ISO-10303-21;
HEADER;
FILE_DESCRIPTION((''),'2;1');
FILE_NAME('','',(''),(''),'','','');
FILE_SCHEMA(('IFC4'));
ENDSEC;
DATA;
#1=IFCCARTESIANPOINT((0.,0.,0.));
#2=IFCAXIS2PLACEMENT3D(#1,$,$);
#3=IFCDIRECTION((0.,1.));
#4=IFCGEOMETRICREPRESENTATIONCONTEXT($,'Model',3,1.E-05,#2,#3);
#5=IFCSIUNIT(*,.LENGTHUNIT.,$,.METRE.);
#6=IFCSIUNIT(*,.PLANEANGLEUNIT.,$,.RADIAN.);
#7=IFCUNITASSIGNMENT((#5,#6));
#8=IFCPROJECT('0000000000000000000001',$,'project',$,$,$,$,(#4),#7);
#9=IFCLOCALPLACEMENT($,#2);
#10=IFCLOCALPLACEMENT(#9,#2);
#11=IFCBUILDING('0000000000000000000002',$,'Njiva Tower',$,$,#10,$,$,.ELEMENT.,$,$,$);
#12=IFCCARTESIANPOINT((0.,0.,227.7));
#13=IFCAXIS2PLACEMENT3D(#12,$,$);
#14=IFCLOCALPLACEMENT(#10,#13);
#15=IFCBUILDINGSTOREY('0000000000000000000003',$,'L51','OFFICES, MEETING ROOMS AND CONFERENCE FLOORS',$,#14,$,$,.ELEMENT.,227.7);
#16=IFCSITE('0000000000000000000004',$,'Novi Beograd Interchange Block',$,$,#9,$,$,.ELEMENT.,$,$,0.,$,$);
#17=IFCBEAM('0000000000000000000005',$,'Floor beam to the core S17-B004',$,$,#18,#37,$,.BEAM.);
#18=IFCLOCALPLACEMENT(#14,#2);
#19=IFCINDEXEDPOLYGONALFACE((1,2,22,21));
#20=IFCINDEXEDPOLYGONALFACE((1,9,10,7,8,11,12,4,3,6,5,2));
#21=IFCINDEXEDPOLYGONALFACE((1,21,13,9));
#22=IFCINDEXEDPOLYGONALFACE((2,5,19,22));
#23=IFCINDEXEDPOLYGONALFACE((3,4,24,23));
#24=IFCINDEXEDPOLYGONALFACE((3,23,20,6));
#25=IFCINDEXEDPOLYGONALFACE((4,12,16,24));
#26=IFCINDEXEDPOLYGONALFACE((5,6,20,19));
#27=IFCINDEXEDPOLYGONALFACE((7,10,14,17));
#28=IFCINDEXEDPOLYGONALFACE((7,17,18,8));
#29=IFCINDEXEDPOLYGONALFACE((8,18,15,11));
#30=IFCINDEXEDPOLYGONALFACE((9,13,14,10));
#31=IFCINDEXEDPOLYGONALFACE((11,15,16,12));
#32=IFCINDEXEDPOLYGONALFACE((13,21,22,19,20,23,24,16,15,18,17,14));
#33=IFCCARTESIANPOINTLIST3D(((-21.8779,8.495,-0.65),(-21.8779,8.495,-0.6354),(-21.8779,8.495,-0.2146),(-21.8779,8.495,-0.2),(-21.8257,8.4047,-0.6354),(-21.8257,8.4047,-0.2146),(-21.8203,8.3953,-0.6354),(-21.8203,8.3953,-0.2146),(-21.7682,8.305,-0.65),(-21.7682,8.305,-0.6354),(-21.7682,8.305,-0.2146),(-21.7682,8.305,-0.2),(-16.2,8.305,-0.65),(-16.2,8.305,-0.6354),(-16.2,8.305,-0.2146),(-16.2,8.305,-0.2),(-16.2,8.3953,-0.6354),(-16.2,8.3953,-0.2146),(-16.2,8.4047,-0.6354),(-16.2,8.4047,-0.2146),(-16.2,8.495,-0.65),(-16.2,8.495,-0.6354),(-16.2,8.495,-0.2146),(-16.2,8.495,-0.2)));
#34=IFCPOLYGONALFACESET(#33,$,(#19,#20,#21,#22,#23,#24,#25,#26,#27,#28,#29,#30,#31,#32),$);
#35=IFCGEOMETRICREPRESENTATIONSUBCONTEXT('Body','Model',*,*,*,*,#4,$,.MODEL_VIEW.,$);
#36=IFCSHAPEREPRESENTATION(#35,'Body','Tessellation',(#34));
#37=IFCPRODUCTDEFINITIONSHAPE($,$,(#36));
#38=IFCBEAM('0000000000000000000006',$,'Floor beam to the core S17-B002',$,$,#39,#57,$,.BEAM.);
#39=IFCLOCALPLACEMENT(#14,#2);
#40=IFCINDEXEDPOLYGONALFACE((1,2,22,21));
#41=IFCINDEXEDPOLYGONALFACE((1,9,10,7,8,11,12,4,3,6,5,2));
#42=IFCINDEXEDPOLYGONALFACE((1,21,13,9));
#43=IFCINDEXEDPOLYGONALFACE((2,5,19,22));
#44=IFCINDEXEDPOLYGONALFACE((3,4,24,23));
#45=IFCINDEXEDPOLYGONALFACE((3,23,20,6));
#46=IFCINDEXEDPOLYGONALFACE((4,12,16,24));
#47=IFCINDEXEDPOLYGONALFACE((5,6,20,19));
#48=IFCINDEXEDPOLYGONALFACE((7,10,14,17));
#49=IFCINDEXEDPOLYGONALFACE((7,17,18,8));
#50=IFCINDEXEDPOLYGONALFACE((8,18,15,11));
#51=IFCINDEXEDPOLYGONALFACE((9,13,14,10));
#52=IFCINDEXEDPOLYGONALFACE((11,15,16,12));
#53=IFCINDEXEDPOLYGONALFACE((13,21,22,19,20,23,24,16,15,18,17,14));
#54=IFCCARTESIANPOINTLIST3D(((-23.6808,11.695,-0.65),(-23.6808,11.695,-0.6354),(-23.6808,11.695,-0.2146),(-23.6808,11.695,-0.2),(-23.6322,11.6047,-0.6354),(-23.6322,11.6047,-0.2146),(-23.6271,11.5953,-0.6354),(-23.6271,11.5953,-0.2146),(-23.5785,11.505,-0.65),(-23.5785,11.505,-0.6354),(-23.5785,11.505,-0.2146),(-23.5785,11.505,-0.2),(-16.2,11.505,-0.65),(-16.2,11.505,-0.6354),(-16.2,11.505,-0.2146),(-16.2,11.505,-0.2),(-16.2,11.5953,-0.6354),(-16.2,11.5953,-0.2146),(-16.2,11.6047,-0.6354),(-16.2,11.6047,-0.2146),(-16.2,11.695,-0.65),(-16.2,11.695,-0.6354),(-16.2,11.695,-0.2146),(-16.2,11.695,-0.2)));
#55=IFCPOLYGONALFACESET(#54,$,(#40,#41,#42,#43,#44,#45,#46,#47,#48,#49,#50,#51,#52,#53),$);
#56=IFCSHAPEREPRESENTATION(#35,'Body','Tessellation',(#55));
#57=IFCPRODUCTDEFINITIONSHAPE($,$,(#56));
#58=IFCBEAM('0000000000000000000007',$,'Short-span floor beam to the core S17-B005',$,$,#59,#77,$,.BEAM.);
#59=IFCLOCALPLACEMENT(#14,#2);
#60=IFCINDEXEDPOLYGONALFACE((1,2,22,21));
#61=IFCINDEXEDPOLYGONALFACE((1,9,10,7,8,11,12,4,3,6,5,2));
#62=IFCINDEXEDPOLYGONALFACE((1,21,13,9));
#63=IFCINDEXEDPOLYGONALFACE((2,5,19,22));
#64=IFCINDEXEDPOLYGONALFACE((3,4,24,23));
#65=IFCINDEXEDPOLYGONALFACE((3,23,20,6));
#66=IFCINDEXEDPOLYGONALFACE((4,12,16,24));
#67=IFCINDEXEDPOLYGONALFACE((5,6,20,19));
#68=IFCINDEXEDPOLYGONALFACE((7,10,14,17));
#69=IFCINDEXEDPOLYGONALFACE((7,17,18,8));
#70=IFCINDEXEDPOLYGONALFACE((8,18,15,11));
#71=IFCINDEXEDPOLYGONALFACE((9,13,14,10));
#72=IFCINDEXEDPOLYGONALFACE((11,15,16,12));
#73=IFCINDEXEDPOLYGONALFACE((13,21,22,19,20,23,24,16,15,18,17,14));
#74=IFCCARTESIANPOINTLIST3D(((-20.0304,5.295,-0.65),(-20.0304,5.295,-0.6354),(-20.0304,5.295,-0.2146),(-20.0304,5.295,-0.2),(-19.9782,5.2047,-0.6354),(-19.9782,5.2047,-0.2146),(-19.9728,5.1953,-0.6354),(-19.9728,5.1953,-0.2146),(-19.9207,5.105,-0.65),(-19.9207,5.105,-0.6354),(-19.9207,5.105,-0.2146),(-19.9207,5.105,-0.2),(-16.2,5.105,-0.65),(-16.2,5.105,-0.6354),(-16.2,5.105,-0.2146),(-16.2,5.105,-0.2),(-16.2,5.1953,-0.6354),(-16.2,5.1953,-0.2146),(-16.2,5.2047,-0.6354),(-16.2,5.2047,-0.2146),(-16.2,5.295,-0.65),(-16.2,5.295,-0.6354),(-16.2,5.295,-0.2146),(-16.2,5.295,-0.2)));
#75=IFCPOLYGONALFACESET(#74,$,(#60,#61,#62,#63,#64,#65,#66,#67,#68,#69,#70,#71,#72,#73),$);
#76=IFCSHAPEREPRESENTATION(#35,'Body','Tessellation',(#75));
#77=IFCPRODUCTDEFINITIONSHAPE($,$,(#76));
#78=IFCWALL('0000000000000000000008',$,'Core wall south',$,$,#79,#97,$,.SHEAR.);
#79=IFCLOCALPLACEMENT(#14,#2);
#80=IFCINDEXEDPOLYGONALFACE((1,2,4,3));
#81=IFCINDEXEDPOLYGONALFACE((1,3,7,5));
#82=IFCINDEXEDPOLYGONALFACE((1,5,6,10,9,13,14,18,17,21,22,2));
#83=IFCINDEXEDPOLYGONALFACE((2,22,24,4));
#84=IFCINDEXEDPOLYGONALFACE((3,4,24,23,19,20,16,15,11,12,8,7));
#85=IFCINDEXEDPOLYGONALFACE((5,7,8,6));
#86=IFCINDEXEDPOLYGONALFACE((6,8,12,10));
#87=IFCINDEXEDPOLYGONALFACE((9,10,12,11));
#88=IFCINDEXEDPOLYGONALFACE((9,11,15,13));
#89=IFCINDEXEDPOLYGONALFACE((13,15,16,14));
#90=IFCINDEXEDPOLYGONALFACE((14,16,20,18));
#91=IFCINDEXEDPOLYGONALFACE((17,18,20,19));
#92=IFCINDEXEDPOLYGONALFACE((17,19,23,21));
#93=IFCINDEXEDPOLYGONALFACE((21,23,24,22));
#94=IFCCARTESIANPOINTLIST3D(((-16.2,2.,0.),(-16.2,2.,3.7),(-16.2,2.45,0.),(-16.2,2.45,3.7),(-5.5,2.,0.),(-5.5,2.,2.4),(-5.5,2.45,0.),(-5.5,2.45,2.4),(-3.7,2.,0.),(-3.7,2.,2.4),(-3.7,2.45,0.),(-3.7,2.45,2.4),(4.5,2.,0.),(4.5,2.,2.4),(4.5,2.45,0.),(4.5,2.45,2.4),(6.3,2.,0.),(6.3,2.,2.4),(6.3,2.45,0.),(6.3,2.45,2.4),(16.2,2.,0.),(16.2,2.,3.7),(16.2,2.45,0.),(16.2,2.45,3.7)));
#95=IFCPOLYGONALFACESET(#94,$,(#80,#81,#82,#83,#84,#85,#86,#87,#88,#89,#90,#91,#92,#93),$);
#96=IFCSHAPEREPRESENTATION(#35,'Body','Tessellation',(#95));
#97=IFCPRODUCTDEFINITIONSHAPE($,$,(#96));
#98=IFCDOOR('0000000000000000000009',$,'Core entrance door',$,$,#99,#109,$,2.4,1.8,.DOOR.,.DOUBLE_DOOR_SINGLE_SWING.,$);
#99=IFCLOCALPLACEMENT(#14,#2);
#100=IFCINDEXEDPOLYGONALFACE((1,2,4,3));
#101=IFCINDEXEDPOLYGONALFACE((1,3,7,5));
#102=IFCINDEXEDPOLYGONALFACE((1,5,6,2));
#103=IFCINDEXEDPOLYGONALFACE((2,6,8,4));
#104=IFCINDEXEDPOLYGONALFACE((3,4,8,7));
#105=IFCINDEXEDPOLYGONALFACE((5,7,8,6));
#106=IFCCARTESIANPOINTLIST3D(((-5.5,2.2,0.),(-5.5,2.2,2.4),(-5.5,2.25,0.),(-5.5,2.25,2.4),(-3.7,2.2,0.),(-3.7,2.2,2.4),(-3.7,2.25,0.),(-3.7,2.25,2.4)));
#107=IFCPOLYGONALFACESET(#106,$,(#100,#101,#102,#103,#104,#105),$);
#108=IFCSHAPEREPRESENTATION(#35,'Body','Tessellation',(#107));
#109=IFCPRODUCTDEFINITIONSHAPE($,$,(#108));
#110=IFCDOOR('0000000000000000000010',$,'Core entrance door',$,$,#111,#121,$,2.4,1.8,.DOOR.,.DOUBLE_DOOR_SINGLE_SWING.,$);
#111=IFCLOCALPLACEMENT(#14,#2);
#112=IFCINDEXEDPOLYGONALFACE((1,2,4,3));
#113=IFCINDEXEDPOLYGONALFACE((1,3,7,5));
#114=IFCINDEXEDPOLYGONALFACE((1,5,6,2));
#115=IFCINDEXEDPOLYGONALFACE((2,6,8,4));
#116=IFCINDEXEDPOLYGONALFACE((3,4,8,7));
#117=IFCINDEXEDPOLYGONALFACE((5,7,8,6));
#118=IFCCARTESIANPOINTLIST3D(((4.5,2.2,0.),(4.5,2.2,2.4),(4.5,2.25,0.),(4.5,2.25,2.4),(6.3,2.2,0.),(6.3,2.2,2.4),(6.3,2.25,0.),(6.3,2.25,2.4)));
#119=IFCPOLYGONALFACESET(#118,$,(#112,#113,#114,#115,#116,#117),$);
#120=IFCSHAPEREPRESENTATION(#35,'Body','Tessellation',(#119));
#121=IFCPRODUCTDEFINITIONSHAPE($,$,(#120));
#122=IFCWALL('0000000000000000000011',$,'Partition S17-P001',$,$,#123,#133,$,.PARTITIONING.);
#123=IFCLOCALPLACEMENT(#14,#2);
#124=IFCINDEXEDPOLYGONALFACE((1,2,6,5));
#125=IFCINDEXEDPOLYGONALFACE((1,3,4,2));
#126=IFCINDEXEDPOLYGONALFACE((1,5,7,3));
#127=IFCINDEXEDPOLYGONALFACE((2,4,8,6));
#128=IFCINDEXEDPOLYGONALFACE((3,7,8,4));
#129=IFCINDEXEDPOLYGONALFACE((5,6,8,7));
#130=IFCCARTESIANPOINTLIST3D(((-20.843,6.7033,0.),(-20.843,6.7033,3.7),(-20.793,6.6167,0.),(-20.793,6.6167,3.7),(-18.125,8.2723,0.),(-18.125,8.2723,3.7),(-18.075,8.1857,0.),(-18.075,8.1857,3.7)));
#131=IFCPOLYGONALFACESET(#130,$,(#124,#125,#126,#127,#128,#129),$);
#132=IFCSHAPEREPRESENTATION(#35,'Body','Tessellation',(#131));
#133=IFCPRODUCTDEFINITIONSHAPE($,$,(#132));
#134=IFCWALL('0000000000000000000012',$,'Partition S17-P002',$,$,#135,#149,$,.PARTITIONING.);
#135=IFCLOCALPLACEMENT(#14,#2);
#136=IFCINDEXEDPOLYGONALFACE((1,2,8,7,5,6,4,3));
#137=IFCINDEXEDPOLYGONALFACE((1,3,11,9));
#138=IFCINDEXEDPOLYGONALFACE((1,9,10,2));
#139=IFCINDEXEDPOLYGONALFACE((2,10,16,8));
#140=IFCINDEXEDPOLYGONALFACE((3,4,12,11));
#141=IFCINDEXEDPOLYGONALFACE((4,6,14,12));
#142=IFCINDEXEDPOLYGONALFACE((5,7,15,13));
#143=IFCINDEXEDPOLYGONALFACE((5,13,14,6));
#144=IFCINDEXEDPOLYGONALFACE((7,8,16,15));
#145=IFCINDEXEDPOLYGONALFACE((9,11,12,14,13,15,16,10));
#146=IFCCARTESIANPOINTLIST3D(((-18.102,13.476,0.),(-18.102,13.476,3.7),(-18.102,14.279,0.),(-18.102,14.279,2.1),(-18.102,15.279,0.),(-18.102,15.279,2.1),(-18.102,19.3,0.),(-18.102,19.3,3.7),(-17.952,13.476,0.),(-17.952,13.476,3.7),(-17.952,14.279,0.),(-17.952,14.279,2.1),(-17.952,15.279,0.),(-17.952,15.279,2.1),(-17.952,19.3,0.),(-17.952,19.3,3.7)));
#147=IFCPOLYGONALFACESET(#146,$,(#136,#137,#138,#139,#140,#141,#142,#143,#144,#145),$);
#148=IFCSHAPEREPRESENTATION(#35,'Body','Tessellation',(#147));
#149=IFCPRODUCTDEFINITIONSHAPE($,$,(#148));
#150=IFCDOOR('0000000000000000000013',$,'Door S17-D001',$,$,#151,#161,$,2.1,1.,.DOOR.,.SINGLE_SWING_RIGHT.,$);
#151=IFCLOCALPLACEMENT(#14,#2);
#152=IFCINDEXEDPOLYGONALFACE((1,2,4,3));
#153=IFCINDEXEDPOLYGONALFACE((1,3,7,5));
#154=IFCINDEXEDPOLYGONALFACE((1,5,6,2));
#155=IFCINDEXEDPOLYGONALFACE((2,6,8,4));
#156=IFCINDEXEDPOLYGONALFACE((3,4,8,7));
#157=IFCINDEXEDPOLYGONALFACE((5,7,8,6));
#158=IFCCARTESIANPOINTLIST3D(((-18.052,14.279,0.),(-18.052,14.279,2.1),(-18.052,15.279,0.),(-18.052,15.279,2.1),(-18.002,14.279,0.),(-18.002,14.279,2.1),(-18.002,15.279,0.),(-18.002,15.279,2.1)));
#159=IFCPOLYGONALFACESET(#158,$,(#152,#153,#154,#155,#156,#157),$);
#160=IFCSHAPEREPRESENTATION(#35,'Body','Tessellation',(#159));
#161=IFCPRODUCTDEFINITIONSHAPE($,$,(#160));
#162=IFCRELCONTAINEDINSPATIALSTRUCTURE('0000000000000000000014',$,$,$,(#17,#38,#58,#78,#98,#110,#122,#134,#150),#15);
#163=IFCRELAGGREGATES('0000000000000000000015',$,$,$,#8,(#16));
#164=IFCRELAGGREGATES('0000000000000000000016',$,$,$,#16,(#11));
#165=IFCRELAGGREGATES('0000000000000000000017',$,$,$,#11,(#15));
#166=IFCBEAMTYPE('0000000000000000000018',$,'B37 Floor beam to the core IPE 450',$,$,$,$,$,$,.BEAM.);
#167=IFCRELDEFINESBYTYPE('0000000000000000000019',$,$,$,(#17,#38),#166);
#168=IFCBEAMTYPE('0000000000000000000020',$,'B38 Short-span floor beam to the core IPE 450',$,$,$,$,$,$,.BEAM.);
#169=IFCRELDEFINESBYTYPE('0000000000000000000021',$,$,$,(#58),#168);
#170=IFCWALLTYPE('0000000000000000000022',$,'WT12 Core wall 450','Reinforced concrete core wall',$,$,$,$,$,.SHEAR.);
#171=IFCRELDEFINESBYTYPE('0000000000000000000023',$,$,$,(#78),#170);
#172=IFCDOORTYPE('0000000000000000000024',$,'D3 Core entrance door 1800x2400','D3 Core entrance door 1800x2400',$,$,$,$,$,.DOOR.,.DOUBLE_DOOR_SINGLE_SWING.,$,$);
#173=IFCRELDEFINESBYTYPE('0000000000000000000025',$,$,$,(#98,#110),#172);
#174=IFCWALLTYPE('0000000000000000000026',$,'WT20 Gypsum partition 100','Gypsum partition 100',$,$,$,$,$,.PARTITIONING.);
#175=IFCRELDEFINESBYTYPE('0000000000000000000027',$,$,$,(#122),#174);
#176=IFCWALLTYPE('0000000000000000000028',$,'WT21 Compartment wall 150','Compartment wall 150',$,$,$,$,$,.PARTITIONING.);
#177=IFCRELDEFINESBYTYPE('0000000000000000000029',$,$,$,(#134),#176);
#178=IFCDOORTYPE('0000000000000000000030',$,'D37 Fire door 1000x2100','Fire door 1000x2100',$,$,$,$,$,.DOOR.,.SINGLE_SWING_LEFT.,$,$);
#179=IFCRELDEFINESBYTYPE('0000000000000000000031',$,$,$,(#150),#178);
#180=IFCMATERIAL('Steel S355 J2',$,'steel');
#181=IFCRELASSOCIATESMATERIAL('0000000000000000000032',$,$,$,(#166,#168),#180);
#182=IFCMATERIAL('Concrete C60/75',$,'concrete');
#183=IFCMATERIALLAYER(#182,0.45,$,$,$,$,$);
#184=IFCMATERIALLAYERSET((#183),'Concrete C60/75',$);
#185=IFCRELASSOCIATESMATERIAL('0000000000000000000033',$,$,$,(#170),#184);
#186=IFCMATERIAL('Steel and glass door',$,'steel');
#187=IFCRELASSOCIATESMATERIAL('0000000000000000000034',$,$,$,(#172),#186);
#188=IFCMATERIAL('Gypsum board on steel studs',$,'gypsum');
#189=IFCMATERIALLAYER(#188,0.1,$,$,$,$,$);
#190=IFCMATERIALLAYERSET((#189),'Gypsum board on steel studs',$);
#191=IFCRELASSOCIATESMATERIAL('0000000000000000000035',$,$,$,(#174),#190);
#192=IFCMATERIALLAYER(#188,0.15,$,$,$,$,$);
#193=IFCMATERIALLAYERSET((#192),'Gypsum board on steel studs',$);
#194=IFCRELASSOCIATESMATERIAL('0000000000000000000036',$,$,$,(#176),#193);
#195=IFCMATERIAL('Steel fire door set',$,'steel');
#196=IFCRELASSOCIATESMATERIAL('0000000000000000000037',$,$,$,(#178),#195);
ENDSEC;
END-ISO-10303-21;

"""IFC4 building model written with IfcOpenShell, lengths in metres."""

from ifc_helpers import new_model, si_unit, direction, frame, frame_2d, origin, origin_2d, place, context, subcontext, project, spatial, rectangle, i_section, extrude, clip, halfspace, material, layer, layer_set, material_profile, profile_set, type_object, element, fill, save


model = new_model("IFC4")

# Units and contexts
model_context = context("Model", 3, precision=1e-05, world=origin(), true_north=direction((0.0, 1.0)))
body_context = subcontext(model_context, "Body", "Model", "MODEL_VIEW")
ifc_project = project(units=[si_unit("LENGTHUNIT", "METRE"), si_unit("PLANEANGLEUNIT", "RADIAN")], contexts=[model_context])

# Site, building, storey
site_placement = place(None, origin())
site = spatial("IfcSite", under=ifc_project, at=site_placement, Name="Novi Beograd Interchange Block", CompositionType="ELEMENT", RefElevation=0.0)
building_placement = place(site_placement, origin())
building = spatial("IfcBuilding", under=site, at=building_placement, Name="Njiva Tower", CompositionType="ELEMENT")
storey_placement = place(building_placement, frame((0.0, 0.0, 227.7)))
storey = spatial("IfcBuildingStorey", under=building, at=storey_placement, Name="L51", Description="OFFICES, MEETING ROOMS AND CONFERENCE FLOORS", CompositionType="ELEMENT", Elevation=227.7)

# Shared definitions
ifc_material_1 = material(Name="Steel S355 J2", Category="steel")

# Beams
ifc_material_profile_1 = material_profile(ifc_material_1, i_section(OverallWidth=0.19, OverallDepth=0.45, WebThickness=0.0094, FlangeThickness=0.0146, at=origin_2d()), Name="IPE 450")
ifc_profile_set_1 = profile_set([ifc_material_profile_1], Name="Steel S355 J2")
beam_type_1 = type_object("IfcBeamType", Name="B37 Floor beam to the core IPE 450", PredefinedType="BEAM", material=ifc_profile_set_1)
beam_1_placement = place(storey_placement, frame((-21.898, 8.4, -0.425), z_axis=(1.0, 0.0, 0.0), x_axis=(0.0, 1.0, 0.0)))
element("IfcBeam", 1, at=beam_1_placement, inside=storey, type_object=beam_type_1, Name="Floor beam to the core S17-B004", PredefinedType="BEAM", context=body_context, shape_type="Clipping", body=[
    clip(extrude(i_section(OverallWidth=0.19, OverallDepth=0.45, WebThickness=0.0094, FlangeThickness=0.0146, at=origin_2d()), origin(), (0.0, 0.0, 1.0), 5.698), halfspace(frame((-0.025, 0.0, 0.0894), z_axis=(-0.499998, 0.0, -0.866027), x_axis=(0.0, -1.0, 0.0)), False)),
])
beam_2_placement = place(storey_placement, frame((-23.701, 11.6, -0.425), z_axis=(1.0, 0.0, 0.0), x_axis=(0.0, 1.0, 0.0)))
element("IfcBeam", 2, at=beam_2_placement, inside=storey, type_object=beam_type_1, Name="Floor beam to the core S17-B002", PredefinedType="BEAM", context=body_context, shape_type="Clipping", body=[
    clip(extrude(i_section(OverallWidth=0.19, OverallDepth=0.45, WebThickness=0.0094, FlangeThickness=0.0146, at=origin_2d()), origin(), (0.0, 0.0, 1.0), 7.501), halfspace(frame((-0.0237, 0.0, 0.0841), z_axis=(-0.473762, 0.0, -0.880653), x_axis=(0.0, -1.0, 0.0)), False)),
])
ifc_material_profile_2 = material_profile(ifc_material_1, i_section(OverallWidth=0.19, OverallDepth=0.45, WebThickness=0.0094, FlangeThickness=0.0146, at=origin_2d()), Name="IPE 450")
ifc_profile_set_2 = profile_set([ifc_material_profile_2], Name="Steel S355 J2")
beam_type_2 = type_object("IfcBeamType", Name="B38 Short-span floor beam to the core IPE 450", PredefinedType="BEAM", material=ifc_profile_set_2)
beam_3_placement = place(storey_placement, frame((-20.051, 5.2, -0.425), z_axis=(1.0, 0.0, 0.0), x_axis=(0.0, 1.0, 0.0)))
element("IfcBeam", 3, at=beam_3_placement, inside=storey, type_object=beam_type_2, Name="Short-span floor beam to the core S17-B005", PredefinedType="BEAM", context=body_context, shape_type="Clipping", body=[
    clip(extrude(i_section(OverallWidth=0.19, OverallDepth=0.45, WebThickness=0.0094, FlangeThickness=0.0146, at=origin_2d()), origin(), (0.0, 0.0, 1.0), 3.851), halfspace(frame((-0.025, 0.0, 0.0899), z_axis=(-0.499998, 0.0, -0.866027), x_axis=(0.0, -1.0, 0.0)), False)),
])

# Wall, openings, doors
ifc_material_2 = material(Name="Concrete C60/75", Category="concrete")
ifc_layer_1 = layer(ifc_material_2, 0.45)
ifc_layer_set_1 = layer_set([ifc_layer_1], Name="Concrete C60/75")
wall_type_1 = type_object("IfcWallType", Name="WT12 Core wall 450", Description="Reinforced concrete core wall", PredefinedType="SHEAR", material=ifc_layer_set_1)
wall_1_placement = place(storey_placement, frame((-16.2, 2.225, 0.0), z_axis=(0.0, 0.0, 1.0), x_axis=(1.0, 0.0, 0.0)))
wall_1 = element("IfcWall", 4, at=wall_1_placement, inside=storey, type_object=wall_type_1, Name="Core wall south", PredefinedType="SHEAR", context=body_context, shape_type="SweptSolid", body=[
    extrude(rectangle(XDim=32.4, YDim=0.45, at=frame_2d((16.2, 0.0))), origin(), (0.0, 0.0, 1.0), 3.7),
])
opening_1_placement = place(wall_1_placement, frame((10.7, 0.0, 0.0)))
opening_1 = element("IfcOpeningElement", 5, at=opening_1_placement, cuts=wall_1, PredefinedType="OPENING", context=body_context, shape_type="SweptSolid", body=[
    extrude(rectangle(XDim=1.8, YDim=2.4, at=frame_2d((0.9, 1.2))), frame((0.0, 0.235, 0.0), z_axis=(0.0, -1.0, 0.0), x_axis=(1.0, 0.0, 0.0)), (0.0, 0.0, 1.0), 0.47),
])
opening_2_placement = place(wall_1_placement, frame((20.7, 0.0, 0.0)))
opening_2 = element("IfcOpeningElement", 6, at=opening_2_placement, cuts=wall_1, PredefinedType="OPENING", context=body_context, shape_type="SweptSolid", body=[
    extrude(rectangle(XDim=1.8, YDim=2.4, at=frame_2d((0.9, 1.2))), frame((0.0, 0.235, 0.0), z_axis=(0.0, -1.0, 0.0), x_axis=(1.0, 0.0, 0.0)), (0.0, 0.0, 1.0), 0.47),
])
ifc_material_3 = material(Name="Steel and glass door", Category="steel")
door_type_1 = type_object("IfcDoorType", Name="D3 Core entrance door 1800x2400", Description="D3 Core entrance door 1800x2400", OperationType="DOUBLE_DOOR_SINGLE_SWING", PredefinedType="DOOR", material=ifc_material_3)
door_1_placement = place(opening_1_placement, origin())
door_1 = element("IfcDoor", 7, at=door_1_placement, inside=storey, type_object=door_type_1, Name="Core entrance door", OperationType="DOUBLE_DOOR_SINGLE_SWING", OverallHeight=2.4, OverallWidth=1.8, PredefinedType="DOOR", context=body_context, shape_type="SweptSolid", body=[
    extrude(rectangle(XDim=1.8, YDim=2.4, at=frame_2d((0.9, 1.2))), frame((0.0, 0.025, 0.0), z_axis=(0.0, -1.0, 0.0), x_axis=(1.0, 0.0, 0.0)), (0.0, 0.0, 1.0), 0.05),
])
fill(opening_1, door_1)
door_2_placement = place(opening_2_placement, origin())
door_2 = element("IfcDoor", 8, at=door_2_placement, inside=storey, type_object=door_type_1, Name="Core entrance door", OperationType="DOUBLE_DOOR_SINGLE_SWING", OverallHeight=2.4, OverallWidth=1.8, PredefinedType="DOOR", context=body_context, shape_type="SweptSolid", body=[
    extrude(rectangle(XDim=1.8, YDim=2.4, at=frame_2d((0.9, 1.2))), frame((0.0, 0.025, 0.0), z_axis=(0.0, -1.0, 0.0), x_axis=(1.0, 0.0, 0.0)), (0.0, 0.0, 1.0), 0.05),
])
fill(opening_2, door_2)

# Wall
ifc_material_4 = material(Name="Gypsum board on steel studs", Category="gypsum")
ifc_layer_2 = layer(ifc_material_4, 0.1)
ifc_layer_set_2 = layer_set([ifc_layer_2], Name="Gypsum board on steel studs")
wall_type_2 = type_object("IfcWallType", Name="WT20 Gypsum partition 100", Description="Gypsum partition 100", PredefinedType="PARTITIONING", material=ifc_layer_set_2)
wall_2_placement = place(storey_placement, frame((-20.818, 6.66, 0.0), z_axis=(0.0, 0.0, 1.0), x_axis=(0.866058, 0.499943, 0.0)))
element("IfcWall", 9, at=wall_2_placement, inside=storey, type_object=wall_type_2, Name="Partition S17-P001", PredefinedType="PARTITIONING", context=body_context, shape_type="SweptSolid", body=[
    extrude(rectangle(XDim=3.1384, YDim=0.1, at=frame_2d((1.5692, 0.0))), origin(), (0.0, 0.0, 1.0), 3.7),
])

# Wall, opening, door
ifc_layer_3 = layer(ifc_material_4, 0.15)
ifc_layer_set_3 = layer_set([ifc_layer_3], Name="Gypsum board on steel studs")
wall_type_3 = type_object("IfcWallType", Name="WT21 Compartment wall 150", Description="Compartment wall 150", PredefinedType="PARTITIONING", material=ifc_layer_set_3)
wall_3_placement = place(storey_placement, frame((-18.027, 13.476, 0.0), z_axis=(0.0, 0.0, 1.0), x_axis=(0.0, 1.0, 0.0)))
wall_3 = element("IfcWall", 10, at=wall_3_placement, inside=storey, type_object=wall_type_3, Name="Partition S17-P002", PredefinedType="PARTITIONING", context=body_context, shape_type="SweptSolid", body=[
    extrude(rectangle(XDim=5.824, YDim=0.15, at=frame_2d((2.912, 0.0))), origin(), (0.0, 0.0, 1.0), 3.7),
])
opening_3_placement = place(wall_3_placement, frame((0.803, 0.0, 0.0)))
opening_3 = element("IfcOpeningElement", 11, at=opening_3_placement, cuts=wall_3, PredefinedType="OPENING", context=body_context, shape_type="SweptSolid", body=[
    extrude(rectangle(XDim=1.0, YDim=2.1, at=frame_2d((0.5, 1.05))), frame((0.0, 0.085, 0.0), z_axis=(0.0, -1.0, 0.0), x_axis=(1.0, 0.0, 0.0)), (0.0, 0.0, 1.0), 0.17),
])
ifc_material_5 = material(Name="Steel fire door set", Category="steel")
door_type_2 = type_object("IfcDoorType", Name="D37 Fire door 1000x2100", Description="Fire door 1000x2100", OperationType="SINGLE_SWING_LEFT", PredefinedType="DOOR", material=ifc_material_5)
door_3_placement = place(opening_3_placement, origin())
door_3 = element("IfcDoor", 12, at=door_3_placement, inside=storey, type_object=door_type_2, Name="Door S17-D001", OperationType="SINGLE_SWING_RIGHT", OverallHeight=2.1, OverallWidth=1.0, PredefinedType="DOOR", context=body_context, shape_type="SweptSolid", body=[
    extrude(rectangle(XDim=1.0, YDim=2.1, at=frame_2d((0.5, 1.05))), frame((0.0, 0.025, 0.0), z_axis=(0.0, -1.0, 0.0), x_axis=(1.0, 0.0, 0.0)), (0.0, 0.0, 1.0), 0.05),
])
fill(opening_3, door_3)

save(model, "model.ifc")
